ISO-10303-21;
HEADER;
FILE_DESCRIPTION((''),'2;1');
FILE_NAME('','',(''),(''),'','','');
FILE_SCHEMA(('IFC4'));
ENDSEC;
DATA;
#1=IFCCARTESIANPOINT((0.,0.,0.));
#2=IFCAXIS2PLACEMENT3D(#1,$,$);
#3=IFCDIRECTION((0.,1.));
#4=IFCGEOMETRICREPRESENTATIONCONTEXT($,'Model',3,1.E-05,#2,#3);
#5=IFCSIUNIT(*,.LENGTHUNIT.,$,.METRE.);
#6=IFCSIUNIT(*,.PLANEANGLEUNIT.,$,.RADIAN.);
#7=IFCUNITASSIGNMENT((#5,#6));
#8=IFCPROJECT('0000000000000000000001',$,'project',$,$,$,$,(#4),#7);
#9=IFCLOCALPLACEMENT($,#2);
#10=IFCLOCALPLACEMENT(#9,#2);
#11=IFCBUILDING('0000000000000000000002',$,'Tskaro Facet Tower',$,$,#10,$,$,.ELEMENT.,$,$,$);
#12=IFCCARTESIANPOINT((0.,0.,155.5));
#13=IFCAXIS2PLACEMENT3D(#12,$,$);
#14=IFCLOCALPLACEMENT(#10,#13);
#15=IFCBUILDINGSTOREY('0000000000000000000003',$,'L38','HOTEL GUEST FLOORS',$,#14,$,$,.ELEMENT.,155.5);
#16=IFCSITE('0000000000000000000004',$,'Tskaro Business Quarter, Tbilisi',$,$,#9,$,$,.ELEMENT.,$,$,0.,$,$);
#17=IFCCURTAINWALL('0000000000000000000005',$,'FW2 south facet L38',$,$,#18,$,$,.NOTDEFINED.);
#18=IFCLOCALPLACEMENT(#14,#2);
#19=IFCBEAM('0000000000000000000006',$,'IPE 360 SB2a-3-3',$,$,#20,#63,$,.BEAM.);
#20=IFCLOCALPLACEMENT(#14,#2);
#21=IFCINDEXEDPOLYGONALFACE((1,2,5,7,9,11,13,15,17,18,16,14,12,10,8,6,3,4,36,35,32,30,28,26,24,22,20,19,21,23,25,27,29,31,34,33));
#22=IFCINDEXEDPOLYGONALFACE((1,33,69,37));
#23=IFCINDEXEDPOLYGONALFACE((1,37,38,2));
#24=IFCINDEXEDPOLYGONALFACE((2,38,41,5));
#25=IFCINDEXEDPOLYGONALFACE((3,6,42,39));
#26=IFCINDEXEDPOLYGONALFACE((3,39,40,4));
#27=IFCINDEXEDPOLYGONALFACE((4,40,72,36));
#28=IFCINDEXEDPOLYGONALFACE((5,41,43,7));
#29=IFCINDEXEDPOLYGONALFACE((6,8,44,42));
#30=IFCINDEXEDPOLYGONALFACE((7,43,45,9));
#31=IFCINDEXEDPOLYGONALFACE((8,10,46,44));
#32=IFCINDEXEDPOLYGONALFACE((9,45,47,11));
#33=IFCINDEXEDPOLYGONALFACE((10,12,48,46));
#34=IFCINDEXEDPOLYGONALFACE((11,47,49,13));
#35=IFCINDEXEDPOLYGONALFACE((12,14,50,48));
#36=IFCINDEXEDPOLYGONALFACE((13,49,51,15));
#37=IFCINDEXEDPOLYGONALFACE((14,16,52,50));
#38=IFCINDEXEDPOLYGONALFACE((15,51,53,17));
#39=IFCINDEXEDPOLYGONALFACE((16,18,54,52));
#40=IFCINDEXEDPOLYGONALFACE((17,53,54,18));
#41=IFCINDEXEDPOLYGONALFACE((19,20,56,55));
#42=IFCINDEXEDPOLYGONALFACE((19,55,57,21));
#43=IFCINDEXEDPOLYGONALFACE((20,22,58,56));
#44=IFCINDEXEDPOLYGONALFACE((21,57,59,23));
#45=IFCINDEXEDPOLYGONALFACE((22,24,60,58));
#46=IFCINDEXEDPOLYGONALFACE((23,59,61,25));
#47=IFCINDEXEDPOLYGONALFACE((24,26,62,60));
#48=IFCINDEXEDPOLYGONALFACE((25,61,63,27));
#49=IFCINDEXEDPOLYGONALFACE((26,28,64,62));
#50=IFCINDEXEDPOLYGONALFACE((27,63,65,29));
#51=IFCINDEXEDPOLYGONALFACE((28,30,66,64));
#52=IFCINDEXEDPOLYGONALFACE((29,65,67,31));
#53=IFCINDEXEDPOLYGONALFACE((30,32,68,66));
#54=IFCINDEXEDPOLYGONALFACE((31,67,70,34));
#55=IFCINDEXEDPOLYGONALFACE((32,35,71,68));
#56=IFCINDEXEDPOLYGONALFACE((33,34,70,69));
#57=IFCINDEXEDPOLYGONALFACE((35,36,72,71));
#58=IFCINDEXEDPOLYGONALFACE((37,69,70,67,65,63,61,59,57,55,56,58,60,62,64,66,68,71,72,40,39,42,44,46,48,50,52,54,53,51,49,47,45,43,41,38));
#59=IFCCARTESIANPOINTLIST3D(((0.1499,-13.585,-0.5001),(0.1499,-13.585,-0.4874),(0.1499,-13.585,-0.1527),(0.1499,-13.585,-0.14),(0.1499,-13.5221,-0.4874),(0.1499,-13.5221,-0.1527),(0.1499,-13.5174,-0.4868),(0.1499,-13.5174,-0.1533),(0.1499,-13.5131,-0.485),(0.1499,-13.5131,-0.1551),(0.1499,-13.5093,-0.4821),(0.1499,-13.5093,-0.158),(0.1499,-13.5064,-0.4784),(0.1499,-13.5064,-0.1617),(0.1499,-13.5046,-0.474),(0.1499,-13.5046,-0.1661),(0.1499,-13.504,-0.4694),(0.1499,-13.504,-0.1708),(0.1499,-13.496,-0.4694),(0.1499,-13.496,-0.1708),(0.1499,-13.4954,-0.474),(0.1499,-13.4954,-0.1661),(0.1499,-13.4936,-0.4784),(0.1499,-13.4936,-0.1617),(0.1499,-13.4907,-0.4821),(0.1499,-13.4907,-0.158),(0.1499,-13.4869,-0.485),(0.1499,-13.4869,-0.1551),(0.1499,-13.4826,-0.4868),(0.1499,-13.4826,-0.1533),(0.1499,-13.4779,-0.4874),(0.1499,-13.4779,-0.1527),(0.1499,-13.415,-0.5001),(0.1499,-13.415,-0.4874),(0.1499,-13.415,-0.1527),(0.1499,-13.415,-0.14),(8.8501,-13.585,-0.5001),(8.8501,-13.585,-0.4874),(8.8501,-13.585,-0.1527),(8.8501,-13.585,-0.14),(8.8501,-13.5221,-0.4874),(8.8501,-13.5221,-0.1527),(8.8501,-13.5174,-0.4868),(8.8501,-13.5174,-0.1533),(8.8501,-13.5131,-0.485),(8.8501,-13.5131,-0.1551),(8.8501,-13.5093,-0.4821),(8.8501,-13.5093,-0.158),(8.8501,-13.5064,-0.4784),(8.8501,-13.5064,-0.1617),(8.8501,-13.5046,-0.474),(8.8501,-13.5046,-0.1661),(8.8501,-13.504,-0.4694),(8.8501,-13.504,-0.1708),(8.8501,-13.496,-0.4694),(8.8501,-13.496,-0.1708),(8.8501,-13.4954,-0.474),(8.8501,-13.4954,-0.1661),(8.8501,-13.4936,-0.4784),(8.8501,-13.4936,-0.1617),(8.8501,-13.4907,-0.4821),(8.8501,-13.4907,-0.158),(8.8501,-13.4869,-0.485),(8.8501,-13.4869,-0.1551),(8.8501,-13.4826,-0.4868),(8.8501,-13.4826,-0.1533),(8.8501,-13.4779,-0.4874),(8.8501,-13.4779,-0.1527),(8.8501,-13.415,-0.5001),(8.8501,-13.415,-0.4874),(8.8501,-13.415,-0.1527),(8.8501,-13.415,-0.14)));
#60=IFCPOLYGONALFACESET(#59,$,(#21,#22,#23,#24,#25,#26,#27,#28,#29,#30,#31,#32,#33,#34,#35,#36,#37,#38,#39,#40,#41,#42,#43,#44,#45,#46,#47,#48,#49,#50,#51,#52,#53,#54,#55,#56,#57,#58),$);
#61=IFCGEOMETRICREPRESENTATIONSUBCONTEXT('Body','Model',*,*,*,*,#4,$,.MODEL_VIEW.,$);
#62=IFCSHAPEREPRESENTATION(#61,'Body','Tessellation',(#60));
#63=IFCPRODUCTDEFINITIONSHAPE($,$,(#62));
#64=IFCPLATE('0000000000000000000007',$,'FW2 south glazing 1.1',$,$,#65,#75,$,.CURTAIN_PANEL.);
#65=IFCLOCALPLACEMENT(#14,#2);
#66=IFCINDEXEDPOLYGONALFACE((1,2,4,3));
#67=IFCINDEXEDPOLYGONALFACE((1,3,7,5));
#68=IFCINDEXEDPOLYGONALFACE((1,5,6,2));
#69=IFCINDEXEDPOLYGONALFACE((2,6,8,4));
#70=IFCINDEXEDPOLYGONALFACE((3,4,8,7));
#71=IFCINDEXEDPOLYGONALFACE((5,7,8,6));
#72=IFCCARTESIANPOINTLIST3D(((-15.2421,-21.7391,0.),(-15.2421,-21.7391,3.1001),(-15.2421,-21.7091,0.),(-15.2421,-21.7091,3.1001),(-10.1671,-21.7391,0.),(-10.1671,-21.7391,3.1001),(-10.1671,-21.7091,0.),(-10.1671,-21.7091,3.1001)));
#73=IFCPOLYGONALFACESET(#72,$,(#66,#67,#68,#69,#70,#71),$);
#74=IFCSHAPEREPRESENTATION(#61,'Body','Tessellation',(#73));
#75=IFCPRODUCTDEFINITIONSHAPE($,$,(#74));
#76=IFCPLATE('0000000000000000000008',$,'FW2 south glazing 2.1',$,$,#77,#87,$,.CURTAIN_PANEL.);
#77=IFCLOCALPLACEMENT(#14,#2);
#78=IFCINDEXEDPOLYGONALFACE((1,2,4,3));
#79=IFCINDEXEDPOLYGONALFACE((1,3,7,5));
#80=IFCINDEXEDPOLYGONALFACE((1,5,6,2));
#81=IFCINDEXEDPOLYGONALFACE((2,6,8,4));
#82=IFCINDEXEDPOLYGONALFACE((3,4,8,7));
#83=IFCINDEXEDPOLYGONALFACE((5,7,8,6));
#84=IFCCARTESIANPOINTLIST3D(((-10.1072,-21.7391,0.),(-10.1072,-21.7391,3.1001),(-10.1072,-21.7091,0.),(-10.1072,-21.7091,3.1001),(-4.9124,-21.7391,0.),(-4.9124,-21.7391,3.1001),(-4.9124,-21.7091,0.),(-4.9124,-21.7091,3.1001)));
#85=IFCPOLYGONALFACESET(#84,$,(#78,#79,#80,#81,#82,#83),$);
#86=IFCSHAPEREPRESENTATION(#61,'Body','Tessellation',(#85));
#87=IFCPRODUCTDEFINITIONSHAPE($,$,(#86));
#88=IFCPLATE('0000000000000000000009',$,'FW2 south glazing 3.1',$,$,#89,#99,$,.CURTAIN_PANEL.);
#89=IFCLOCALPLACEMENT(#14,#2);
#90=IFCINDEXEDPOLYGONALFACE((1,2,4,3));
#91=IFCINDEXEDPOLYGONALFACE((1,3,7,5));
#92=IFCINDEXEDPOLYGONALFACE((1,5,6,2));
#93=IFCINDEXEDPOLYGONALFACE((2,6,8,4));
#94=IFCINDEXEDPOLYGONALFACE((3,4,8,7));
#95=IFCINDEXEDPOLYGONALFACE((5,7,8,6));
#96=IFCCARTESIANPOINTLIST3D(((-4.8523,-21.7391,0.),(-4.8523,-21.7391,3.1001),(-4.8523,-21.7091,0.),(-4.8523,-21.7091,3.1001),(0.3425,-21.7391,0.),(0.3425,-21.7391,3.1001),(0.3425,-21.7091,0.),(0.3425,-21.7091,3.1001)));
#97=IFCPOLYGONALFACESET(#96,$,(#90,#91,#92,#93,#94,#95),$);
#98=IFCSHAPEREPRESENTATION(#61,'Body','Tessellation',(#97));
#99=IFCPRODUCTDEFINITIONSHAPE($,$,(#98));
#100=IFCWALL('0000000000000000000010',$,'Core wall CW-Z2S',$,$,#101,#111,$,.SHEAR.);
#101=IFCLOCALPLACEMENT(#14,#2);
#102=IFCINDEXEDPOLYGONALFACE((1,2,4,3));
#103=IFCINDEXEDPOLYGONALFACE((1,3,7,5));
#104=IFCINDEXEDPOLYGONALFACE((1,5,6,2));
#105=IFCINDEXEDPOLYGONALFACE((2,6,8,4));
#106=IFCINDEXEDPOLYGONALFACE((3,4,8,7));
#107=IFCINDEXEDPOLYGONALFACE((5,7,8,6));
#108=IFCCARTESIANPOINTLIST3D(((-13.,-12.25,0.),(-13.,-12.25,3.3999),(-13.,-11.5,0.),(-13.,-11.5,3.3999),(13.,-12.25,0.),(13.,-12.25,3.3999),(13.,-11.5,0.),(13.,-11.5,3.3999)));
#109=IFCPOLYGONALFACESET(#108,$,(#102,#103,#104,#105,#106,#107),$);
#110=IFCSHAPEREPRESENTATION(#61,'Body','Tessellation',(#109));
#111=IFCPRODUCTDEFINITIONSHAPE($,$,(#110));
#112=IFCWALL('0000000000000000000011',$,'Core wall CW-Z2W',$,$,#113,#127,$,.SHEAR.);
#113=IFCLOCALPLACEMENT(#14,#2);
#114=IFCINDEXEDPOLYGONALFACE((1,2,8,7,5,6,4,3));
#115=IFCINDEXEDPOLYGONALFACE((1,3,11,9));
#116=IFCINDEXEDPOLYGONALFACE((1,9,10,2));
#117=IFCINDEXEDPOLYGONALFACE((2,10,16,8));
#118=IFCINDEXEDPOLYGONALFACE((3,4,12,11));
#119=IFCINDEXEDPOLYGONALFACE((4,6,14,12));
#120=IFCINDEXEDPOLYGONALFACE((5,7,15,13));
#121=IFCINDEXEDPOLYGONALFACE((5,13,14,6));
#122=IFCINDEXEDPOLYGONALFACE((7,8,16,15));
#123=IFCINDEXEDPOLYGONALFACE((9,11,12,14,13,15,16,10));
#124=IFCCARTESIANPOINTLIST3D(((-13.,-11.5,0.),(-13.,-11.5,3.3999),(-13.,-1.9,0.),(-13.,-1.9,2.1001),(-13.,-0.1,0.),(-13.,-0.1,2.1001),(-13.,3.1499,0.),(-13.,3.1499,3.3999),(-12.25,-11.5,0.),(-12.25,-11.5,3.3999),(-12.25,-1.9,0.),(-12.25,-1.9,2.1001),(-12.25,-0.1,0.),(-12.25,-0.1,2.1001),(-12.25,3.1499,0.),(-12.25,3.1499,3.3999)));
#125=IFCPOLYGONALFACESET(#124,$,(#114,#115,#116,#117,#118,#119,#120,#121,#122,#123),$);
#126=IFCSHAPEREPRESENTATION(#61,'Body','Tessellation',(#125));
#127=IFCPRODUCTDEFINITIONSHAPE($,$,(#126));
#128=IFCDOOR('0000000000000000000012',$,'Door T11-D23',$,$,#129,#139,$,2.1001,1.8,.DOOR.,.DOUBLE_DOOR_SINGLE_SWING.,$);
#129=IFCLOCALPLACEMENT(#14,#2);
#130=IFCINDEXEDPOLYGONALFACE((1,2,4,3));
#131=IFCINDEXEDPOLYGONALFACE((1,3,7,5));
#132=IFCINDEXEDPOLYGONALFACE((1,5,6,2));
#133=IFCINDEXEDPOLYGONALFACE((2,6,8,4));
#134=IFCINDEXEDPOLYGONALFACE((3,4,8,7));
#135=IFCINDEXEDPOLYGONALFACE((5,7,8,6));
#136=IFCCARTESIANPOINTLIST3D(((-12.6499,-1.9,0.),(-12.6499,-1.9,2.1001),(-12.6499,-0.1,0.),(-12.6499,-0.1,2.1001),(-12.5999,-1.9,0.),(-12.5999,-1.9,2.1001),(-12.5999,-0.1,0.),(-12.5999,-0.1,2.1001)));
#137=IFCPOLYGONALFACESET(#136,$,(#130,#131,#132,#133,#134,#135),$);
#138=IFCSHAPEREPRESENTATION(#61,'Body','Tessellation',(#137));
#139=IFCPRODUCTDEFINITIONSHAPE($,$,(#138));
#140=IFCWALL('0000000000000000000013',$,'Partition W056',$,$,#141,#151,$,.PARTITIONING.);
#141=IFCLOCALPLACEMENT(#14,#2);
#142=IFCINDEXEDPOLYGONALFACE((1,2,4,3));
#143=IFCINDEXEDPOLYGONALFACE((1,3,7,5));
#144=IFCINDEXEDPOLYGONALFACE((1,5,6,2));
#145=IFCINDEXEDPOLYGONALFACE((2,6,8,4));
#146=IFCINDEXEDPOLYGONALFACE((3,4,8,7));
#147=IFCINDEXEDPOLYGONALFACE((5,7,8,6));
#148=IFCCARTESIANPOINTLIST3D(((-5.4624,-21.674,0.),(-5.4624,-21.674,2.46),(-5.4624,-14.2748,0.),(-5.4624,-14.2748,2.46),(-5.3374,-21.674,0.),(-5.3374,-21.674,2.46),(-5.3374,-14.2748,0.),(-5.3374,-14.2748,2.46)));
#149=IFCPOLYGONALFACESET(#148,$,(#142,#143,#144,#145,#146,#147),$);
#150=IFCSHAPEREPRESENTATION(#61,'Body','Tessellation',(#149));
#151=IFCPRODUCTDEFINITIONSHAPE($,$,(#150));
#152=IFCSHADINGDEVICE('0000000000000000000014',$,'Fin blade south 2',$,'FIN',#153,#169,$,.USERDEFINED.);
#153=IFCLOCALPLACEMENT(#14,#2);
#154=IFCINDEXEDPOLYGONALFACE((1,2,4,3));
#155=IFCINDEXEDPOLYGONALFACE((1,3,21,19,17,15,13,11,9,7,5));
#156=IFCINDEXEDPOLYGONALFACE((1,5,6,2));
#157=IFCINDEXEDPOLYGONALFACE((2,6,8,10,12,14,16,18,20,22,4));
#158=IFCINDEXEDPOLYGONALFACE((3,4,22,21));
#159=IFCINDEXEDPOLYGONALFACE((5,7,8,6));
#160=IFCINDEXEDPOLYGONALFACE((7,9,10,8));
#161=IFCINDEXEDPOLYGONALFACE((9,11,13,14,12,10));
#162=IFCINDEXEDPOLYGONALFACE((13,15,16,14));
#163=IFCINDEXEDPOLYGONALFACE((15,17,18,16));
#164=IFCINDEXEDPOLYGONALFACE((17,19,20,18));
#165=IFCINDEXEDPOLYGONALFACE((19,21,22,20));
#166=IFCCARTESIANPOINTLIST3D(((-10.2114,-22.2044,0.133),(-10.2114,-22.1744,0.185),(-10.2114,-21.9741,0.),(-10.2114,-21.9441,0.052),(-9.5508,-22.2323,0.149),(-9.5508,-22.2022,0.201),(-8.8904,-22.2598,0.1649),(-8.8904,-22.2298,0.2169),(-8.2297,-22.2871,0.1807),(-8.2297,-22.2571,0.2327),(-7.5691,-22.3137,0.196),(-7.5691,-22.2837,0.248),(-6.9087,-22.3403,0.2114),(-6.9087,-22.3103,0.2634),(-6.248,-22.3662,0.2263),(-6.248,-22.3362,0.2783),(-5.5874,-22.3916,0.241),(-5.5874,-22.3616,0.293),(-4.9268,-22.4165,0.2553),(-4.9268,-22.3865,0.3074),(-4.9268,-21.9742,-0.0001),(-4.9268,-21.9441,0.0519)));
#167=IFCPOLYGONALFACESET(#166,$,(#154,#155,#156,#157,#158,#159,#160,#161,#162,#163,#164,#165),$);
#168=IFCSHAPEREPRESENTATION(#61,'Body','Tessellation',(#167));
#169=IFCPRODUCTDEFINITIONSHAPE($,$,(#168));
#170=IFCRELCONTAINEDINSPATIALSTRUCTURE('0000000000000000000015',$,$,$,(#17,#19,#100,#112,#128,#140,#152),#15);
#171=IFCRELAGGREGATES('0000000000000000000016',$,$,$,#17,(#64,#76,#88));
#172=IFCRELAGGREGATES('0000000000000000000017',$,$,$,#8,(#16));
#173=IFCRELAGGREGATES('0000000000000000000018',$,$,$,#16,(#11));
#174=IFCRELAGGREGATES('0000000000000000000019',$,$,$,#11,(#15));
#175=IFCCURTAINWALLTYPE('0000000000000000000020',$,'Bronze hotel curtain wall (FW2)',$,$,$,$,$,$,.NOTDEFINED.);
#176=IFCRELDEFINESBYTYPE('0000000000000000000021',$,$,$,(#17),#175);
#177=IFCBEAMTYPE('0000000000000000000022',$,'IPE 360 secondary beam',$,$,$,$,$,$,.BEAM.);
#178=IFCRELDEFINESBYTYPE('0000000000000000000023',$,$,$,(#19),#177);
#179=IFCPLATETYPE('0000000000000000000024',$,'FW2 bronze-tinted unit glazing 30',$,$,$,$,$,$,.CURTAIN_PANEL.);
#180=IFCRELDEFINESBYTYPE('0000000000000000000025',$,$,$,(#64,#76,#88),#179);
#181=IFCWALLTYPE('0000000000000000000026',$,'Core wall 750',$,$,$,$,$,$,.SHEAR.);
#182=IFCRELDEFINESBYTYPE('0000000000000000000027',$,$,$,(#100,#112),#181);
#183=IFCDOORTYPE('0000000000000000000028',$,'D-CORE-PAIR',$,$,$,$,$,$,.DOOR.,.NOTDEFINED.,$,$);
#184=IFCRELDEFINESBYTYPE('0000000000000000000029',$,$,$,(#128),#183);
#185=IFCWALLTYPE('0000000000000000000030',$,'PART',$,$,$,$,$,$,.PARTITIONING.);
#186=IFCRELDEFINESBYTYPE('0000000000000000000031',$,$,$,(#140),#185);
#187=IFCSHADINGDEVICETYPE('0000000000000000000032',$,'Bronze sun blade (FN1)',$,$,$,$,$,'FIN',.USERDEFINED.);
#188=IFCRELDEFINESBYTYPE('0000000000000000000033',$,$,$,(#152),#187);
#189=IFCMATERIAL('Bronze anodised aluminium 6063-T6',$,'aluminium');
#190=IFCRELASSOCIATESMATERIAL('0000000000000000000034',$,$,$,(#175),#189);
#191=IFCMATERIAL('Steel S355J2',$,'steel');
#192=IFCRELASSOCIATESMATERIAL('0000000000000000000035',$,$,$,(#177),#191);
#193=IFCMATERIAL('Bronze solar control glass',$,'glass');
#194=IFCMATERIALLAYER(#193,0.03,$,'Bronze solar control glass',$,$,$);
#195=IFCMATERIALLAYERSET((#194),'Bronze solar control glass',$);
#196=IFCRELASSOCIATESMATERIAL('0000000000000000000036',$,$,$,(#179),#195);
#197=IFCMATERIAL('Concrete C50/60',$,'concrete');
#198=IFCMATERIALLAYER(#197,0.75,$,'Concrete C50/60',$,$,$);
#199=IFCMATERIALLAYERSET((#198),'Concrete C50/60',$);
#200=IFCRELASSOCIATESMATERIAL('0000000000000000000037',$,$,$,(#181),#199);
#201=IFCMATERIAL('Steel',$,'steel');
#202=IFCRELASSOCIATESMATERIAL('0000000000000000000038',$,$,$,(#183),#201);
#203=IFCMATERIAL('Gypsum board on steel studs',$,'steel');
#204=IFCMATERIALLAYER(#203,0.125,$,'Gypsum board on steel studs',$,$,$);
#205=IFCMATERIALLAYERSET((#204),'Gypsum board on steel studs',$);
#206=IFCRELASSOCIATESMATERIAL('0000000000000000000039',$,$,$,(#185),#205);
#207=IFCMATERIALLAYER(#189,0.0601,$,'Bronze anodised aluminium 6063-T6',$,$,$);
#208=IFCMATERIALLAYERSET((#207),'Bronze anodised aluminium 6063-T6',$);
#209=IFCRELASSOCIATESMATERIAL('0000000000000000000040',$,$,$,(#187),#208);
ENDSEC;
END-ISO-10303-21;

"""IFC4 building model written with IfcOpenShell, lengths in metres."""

from ifc_helpers import new_model, si_unit, direction, frame, frame_2d, origin, origin_2d, place, context, subcontext, project, spatial, polyline, rectangle, i_section, outline, extrude, material, layer, layer_set, material_profile, profile_set, type_object, element, fill, aggregate, save


model = new_model("IFC4")

# Units and contexts
model_context = context("Model", 3, precision=1e-05, world=origin(), true_north=direction((0.0, 1.0)))
body_context = subcontext(model_context, "Body", "Model", "MODEL_VIEW")
ifc_project = project(units=[si_unit("LENGTHUNIT", "METRE"), si_unit("PLANEANGLEUNIT", "RADIAN")], contexts=[model_context])

# Site, building, storey
site_placement = place(None, origin())
site = spatial("IfcSite", under=ifc_project, at=site_placement, Name="Tskaro Business Quarter, Tbilisi", CompositionType="ELEMENT", RefElevation=0.0)
building_placement = place(site_placement, origin())
building = spatial("IfcBuilding", under=site, at=building_placement, Name="Tskaro Facet Tower", CompositionType="ELEMENT")
storey_placement = place(building_placement, frame((0.0, 0.0, 155.5)))
storey = spatial("IfcBuildingStorey", under=building, at=storey_placement, Name="L38", Description="HOTEL GUEST FLOORS", CompositionType="ELEMENT", Elevation=155.5)

# Curtain wall
ifc_material_1 = material(Name="Bronze anodised aluminium 6063-T6", Category="aluminium")
curtain_wall_type = type_object("IfcCurtainWallType", Name="Bronze hotel curtain wall (FW2)", PredefinedType="NOTDEFINED", material=ifc_material_1)
curtain_wall_placement = place(storey_placement, origin())
curtain_wall = element("IfcCurtainWall", 1, at=curtain_wall_placement, inside=storey, type_object=curtain_wall_type, Name="FW2 south facet L38", PredefinedType="NOTDEFINED")

# Beam
ifc_material_2 = material(Name="Steel S355J2", Category="steel")
ifc_material_profile_1 = material_profile(ifc_material_2, i_section(OverallWidth=0.1699, OverallDepth=0.3601, WebThickness=0.0081, FlangeThickness=0.0127, FilletRadius=0.0181, at=origin_2d()), Name="IPE 360")
ifc_profile_set_1 = profile_set([ifc_material_profile_1], Name="Steel S355J2")
beam_type_1 = type_object("IfcBeamType", Name="IPE 360 secondary beam", PredefinedType="BEAM", material=ifc_profile_set_1)
for number, where, z_axis, x_axis, name in (
    (2, (0.1499, -13.5, -0.3201), (1.0, 0.0, 0.0), (0.0, 1.0, 0.0), "IPE 360 SB2a-3-3"),
):
    element("IfcBeam", number, at=place(storey_placement, frame(where, z_axis=z_axis, x_axis=x_axis)), inside=storey, type_object=beam_type_1, Name=name, PredefinedType="BEAM", context=body_context, shape_type="SweptSolid", body=[
        extrude(i_section(OverallWidth=0.1699, OverallDepth=0.3601, WebThickness=0.0081, FlangeThickness=0.0127, FilletRadius=0.0181, at=origin_2d()), origin(), (0.0, 0.0, 1.0), 8.7002),
    ])

# Plates
ifc_material_3 = material(Name="Bronze solar control glass", Category="glass")
ifc_layer_1 = layer(ifc_material_3, 0.03, Name="Bronze solar control glass")
ifc_layer_set_1 = layer_set([ifc_layer_1], Name="Bronze solar control glass")
plate_type = type_object("IfcPlateType", Name="FW2 bronze-tinted unit glazing 30", PredefinedType="CURTAIN_PANEL", material=ifc_layer_set_1)
plate_1_placement = place(storey_placement, frame((-12.7046, -21.7241, 0.0), z_axis=(0.0, 0.0, 1.0), x_axis=(1.0, 0.0, 0.0)))
plate_1 = element("IfcPlate", 3, at=plate_1_placement, type_object=plate_type, Name="FW2 south glazing 1.1", PredefinedType="CURTAIN_PANEL", context=body_context, shape_type="SweptSolid", body=[
    extrude(rectangle(XDim=5.075, YDim=0.03, at=origin_2d()), origin(), (0.0, 0.0, 1.0), 3.1001),
])
plate_2_placement = place(storey_placement, frame((-7.5098, -21.7241, 0.0), z_axis=(0.0, 0.0, 1.0), x_axis=(1.0, 0.0, 0.0)))
plate_2 = element("IfcPlate", 4, at=plate_2_placement, type_object=plate_type, Name="FW2 south glazing 2.1", PredefinedType="CURTAIN_PANEL", context=body_context, shape_type="SweptSolid", body=[
    extrude(rectangle(XDim=5.1948, YDim=0.03, at=origin_2d()), origin(), (0.0, 0.0, 1.0), 3.1001),
])
plate_3_placement = place(storey_placement, frame((-2.2549, -21.7241, 0.0), z_axis=(0.0, 0.0, 1.0), x_axis=(1.0, 0.0, 0.0)))
plate_3 = element("IfcPlate", 5, at=plate_3_placement, type_object=plate_type, Name="FW2 south glazing 3.1", PredefinedType="CURTAIN_PANEL", context=body_context, shape_type="SweptSolid", body=[
    extrude(rectangle(XDim=5.1948, YDim=0.03, at=origin_2d()), origin(), (0.0, 0.0, 1.0), 3.1001),
])
aggregate(curtain_wall, [plate_1, plate_2, plate_3])

# Wall
ifc_material_4 = material(Name="Concrete C50/60", Category="concrete")
ifc_layer_2 = layer(ifc_material_4, 0.75, Name="Concrete C50/60")
ifc_layer_set_2 = layer_set([ifc_layer_2], Name="Concrete C50/60")
wall_type_1 = type_object("IfcWallType", Name="Core wall 750", PredefinedType="SHEAR", material=ifc_layer_set_2)
wall_1_placement = place(storey_placement, frame((-13.0, -11.875, 0.0), z_axis=(0.0, 0.0, 1.0), x_axis=(1.0, 0.0, 0.0)))
element("IfcWall", 6, at=wall_1_placement, inside=storey, type_object=wall_type_1, Name="Core wall CW-Z2S", PredefinedType="SHEAR", context=body_context, shape_type="SweptSolid", body=[
    extrude(rectangle(XDim=26.0, YDim=0.75, at=frame_2d((13.0, 0.0))), origin(), (0.0, 0.0, 1.0), 3.3999),
])

# Wall, opening, door
wall_2_placement = place(storey_placement, frame((-12.625, -11.5, 0.0), z_axis=(0.0, 0.0, 1.0), x_axis=(0.0, 1.0, 0.0)))
wall_2 = element("IfcWall", 7, at=wall_2_placement, inside=storey, type_object=wall_type_1, Name="Core wall CW-Z2W", PredefinedType="SHEAR", context=body_context, shape_type="SweptSolid", body=[
    extrude(rectangle(XDim=14.6499, YDim=0.75, at=frame_2d((7.325, 0.0))), origin(), (0.0, 0.0, 1.0), 3.3999),
])
opening_placement = place(wall_2_placement, frame((9.6001, 0.0, 0.0)))
opening = element("IfcOpeningElement", 8, at=opening_placement, cuts=wall_2, PredefinedType="OPENING", context=body_context, shape_type="SweptSolid", body=[
    extrude(rectangle(XDim=1.8, YDim=2.1001, at=frame_2d((0.8999, 1.05))), frame((0.0, 0.385, 0.0), z_axis=(0.0, -1.0, 0.0), x_axis=(1.0, 0.0, 0.0)), (0.0, 0.0, 1.0), 0.77),
])
ifc_material_5 = material(Name="Steel", Category="steel")
door_type = type_object("IfcDoorType", Name="D-CORE-PAIR", OperationType="NOTDEFINED", PredefinedType="DOOR", material=ifc_material_5)
door_placement = place(opening_placement, origin())
door = element("IfcDoor", 9, at=door_placement, inside=storey, type_object=door_type, Name="Door T11-D23", OperationType="DOUBLE_DOOR_SINGLE_SWING", OverallHeight=2.1001, OverallWidth=1.8, PredefinedType="DOOR", context=body_context, shape_type="SweptSolid", body=[
    extrude(rectangle(XDim=1.8, YDim=2.1001, at=frame_2d((0.8999, 1.05))), frame((0.0, 0.0249, 0.0), z_axis=(0.0, -1.0, 0.0), x_axis=(1.0, 0.0, 0.0)), (0.0, 0.0, 1.0), 0.05),
])
fill(opening, door)

# Wall
ifc_material_6 = material(Name="Gypsum board on steel studs", Category="steel")
ifc_layer_3 = layer(ifc_material_6, 0.125, Name="Gypsum board on steel studs")
ifc_layer_set_3 = layer_set([ifc_layer_3], Name="Gypsum board on steel studs")
wall_type_2 = type_object("IfcWallType", Name="PART", PredefinedType="PARTITIONING", material=ifc_layer_set_3)
wall_3_placement = place(storey_placement, frame((-5.3999, -21.6741, 0.0), z_axis=(0.0, 0.0, 1.0), x_axis=(0.0, 1.0, 0.0)))
element("IfcWall", 10, at=wall_3_placement, inside=storey, type_object=wall_type_2, Name="Partition W056", PredefinedType="PARTITIONING", context=body_context, shape_type="SweptSolid", body=[
    extrude(rectangle(XDim=7.3992, YDim=0.125, at=frame_2d((3.6997, 0.0))), origin(), (0.0, 0.0, 1.0), 2.46),
])

# Shading device
ifc_layer_4 = layer(ifc_material_1, 0.0601, Name="Bronze anodised aluminium 6063-T6")
ifc_layer_set_4 = layer_set([ifc_layer_4], Name="Bronze anodised aluminium 6063-T6")
shading_device_type = type_object("IfcShadingDeviceType", Name="Bronze sun blade (FN1)", ElementType="FIN", PredefinedType="USERDEFINED", material=ifc_layer_set_4)
shading_device_1_placement = place(storey_placement, frame((-10.2114, -21.9441, 0.052), z_axis=(0.000014, 0.500039, 0.866003), x_axis=(1.0, -0.000007, -0.000012)))
element("IfcShadingDevice", 11, at=shading_device_1_placement, inside=storey, type_object=shading_device_type, Name="Fin blade south 2", ObjectType="FIN", PredefinedType="USERDEFINED", context=body_context, shape_type="SweptSolid", body=[
    extrude(outline(polyline([(0.0, 0.0), (5.2847, 0.0), (5.2847, -0.5108), (4.624, -0.482), (3.9634, -0.4527), (3.3027, -0.4229), (2.6423, -0.3921), (1.9817, -0.3614), (1.321, -0.3299), (0.6606, -0.2981), (0.0, -0.2659), (0.0, 0.0)])), origin(), (0.0, 0.0, -1.0), 0.0601),
])

save(model, "model.ifc")
